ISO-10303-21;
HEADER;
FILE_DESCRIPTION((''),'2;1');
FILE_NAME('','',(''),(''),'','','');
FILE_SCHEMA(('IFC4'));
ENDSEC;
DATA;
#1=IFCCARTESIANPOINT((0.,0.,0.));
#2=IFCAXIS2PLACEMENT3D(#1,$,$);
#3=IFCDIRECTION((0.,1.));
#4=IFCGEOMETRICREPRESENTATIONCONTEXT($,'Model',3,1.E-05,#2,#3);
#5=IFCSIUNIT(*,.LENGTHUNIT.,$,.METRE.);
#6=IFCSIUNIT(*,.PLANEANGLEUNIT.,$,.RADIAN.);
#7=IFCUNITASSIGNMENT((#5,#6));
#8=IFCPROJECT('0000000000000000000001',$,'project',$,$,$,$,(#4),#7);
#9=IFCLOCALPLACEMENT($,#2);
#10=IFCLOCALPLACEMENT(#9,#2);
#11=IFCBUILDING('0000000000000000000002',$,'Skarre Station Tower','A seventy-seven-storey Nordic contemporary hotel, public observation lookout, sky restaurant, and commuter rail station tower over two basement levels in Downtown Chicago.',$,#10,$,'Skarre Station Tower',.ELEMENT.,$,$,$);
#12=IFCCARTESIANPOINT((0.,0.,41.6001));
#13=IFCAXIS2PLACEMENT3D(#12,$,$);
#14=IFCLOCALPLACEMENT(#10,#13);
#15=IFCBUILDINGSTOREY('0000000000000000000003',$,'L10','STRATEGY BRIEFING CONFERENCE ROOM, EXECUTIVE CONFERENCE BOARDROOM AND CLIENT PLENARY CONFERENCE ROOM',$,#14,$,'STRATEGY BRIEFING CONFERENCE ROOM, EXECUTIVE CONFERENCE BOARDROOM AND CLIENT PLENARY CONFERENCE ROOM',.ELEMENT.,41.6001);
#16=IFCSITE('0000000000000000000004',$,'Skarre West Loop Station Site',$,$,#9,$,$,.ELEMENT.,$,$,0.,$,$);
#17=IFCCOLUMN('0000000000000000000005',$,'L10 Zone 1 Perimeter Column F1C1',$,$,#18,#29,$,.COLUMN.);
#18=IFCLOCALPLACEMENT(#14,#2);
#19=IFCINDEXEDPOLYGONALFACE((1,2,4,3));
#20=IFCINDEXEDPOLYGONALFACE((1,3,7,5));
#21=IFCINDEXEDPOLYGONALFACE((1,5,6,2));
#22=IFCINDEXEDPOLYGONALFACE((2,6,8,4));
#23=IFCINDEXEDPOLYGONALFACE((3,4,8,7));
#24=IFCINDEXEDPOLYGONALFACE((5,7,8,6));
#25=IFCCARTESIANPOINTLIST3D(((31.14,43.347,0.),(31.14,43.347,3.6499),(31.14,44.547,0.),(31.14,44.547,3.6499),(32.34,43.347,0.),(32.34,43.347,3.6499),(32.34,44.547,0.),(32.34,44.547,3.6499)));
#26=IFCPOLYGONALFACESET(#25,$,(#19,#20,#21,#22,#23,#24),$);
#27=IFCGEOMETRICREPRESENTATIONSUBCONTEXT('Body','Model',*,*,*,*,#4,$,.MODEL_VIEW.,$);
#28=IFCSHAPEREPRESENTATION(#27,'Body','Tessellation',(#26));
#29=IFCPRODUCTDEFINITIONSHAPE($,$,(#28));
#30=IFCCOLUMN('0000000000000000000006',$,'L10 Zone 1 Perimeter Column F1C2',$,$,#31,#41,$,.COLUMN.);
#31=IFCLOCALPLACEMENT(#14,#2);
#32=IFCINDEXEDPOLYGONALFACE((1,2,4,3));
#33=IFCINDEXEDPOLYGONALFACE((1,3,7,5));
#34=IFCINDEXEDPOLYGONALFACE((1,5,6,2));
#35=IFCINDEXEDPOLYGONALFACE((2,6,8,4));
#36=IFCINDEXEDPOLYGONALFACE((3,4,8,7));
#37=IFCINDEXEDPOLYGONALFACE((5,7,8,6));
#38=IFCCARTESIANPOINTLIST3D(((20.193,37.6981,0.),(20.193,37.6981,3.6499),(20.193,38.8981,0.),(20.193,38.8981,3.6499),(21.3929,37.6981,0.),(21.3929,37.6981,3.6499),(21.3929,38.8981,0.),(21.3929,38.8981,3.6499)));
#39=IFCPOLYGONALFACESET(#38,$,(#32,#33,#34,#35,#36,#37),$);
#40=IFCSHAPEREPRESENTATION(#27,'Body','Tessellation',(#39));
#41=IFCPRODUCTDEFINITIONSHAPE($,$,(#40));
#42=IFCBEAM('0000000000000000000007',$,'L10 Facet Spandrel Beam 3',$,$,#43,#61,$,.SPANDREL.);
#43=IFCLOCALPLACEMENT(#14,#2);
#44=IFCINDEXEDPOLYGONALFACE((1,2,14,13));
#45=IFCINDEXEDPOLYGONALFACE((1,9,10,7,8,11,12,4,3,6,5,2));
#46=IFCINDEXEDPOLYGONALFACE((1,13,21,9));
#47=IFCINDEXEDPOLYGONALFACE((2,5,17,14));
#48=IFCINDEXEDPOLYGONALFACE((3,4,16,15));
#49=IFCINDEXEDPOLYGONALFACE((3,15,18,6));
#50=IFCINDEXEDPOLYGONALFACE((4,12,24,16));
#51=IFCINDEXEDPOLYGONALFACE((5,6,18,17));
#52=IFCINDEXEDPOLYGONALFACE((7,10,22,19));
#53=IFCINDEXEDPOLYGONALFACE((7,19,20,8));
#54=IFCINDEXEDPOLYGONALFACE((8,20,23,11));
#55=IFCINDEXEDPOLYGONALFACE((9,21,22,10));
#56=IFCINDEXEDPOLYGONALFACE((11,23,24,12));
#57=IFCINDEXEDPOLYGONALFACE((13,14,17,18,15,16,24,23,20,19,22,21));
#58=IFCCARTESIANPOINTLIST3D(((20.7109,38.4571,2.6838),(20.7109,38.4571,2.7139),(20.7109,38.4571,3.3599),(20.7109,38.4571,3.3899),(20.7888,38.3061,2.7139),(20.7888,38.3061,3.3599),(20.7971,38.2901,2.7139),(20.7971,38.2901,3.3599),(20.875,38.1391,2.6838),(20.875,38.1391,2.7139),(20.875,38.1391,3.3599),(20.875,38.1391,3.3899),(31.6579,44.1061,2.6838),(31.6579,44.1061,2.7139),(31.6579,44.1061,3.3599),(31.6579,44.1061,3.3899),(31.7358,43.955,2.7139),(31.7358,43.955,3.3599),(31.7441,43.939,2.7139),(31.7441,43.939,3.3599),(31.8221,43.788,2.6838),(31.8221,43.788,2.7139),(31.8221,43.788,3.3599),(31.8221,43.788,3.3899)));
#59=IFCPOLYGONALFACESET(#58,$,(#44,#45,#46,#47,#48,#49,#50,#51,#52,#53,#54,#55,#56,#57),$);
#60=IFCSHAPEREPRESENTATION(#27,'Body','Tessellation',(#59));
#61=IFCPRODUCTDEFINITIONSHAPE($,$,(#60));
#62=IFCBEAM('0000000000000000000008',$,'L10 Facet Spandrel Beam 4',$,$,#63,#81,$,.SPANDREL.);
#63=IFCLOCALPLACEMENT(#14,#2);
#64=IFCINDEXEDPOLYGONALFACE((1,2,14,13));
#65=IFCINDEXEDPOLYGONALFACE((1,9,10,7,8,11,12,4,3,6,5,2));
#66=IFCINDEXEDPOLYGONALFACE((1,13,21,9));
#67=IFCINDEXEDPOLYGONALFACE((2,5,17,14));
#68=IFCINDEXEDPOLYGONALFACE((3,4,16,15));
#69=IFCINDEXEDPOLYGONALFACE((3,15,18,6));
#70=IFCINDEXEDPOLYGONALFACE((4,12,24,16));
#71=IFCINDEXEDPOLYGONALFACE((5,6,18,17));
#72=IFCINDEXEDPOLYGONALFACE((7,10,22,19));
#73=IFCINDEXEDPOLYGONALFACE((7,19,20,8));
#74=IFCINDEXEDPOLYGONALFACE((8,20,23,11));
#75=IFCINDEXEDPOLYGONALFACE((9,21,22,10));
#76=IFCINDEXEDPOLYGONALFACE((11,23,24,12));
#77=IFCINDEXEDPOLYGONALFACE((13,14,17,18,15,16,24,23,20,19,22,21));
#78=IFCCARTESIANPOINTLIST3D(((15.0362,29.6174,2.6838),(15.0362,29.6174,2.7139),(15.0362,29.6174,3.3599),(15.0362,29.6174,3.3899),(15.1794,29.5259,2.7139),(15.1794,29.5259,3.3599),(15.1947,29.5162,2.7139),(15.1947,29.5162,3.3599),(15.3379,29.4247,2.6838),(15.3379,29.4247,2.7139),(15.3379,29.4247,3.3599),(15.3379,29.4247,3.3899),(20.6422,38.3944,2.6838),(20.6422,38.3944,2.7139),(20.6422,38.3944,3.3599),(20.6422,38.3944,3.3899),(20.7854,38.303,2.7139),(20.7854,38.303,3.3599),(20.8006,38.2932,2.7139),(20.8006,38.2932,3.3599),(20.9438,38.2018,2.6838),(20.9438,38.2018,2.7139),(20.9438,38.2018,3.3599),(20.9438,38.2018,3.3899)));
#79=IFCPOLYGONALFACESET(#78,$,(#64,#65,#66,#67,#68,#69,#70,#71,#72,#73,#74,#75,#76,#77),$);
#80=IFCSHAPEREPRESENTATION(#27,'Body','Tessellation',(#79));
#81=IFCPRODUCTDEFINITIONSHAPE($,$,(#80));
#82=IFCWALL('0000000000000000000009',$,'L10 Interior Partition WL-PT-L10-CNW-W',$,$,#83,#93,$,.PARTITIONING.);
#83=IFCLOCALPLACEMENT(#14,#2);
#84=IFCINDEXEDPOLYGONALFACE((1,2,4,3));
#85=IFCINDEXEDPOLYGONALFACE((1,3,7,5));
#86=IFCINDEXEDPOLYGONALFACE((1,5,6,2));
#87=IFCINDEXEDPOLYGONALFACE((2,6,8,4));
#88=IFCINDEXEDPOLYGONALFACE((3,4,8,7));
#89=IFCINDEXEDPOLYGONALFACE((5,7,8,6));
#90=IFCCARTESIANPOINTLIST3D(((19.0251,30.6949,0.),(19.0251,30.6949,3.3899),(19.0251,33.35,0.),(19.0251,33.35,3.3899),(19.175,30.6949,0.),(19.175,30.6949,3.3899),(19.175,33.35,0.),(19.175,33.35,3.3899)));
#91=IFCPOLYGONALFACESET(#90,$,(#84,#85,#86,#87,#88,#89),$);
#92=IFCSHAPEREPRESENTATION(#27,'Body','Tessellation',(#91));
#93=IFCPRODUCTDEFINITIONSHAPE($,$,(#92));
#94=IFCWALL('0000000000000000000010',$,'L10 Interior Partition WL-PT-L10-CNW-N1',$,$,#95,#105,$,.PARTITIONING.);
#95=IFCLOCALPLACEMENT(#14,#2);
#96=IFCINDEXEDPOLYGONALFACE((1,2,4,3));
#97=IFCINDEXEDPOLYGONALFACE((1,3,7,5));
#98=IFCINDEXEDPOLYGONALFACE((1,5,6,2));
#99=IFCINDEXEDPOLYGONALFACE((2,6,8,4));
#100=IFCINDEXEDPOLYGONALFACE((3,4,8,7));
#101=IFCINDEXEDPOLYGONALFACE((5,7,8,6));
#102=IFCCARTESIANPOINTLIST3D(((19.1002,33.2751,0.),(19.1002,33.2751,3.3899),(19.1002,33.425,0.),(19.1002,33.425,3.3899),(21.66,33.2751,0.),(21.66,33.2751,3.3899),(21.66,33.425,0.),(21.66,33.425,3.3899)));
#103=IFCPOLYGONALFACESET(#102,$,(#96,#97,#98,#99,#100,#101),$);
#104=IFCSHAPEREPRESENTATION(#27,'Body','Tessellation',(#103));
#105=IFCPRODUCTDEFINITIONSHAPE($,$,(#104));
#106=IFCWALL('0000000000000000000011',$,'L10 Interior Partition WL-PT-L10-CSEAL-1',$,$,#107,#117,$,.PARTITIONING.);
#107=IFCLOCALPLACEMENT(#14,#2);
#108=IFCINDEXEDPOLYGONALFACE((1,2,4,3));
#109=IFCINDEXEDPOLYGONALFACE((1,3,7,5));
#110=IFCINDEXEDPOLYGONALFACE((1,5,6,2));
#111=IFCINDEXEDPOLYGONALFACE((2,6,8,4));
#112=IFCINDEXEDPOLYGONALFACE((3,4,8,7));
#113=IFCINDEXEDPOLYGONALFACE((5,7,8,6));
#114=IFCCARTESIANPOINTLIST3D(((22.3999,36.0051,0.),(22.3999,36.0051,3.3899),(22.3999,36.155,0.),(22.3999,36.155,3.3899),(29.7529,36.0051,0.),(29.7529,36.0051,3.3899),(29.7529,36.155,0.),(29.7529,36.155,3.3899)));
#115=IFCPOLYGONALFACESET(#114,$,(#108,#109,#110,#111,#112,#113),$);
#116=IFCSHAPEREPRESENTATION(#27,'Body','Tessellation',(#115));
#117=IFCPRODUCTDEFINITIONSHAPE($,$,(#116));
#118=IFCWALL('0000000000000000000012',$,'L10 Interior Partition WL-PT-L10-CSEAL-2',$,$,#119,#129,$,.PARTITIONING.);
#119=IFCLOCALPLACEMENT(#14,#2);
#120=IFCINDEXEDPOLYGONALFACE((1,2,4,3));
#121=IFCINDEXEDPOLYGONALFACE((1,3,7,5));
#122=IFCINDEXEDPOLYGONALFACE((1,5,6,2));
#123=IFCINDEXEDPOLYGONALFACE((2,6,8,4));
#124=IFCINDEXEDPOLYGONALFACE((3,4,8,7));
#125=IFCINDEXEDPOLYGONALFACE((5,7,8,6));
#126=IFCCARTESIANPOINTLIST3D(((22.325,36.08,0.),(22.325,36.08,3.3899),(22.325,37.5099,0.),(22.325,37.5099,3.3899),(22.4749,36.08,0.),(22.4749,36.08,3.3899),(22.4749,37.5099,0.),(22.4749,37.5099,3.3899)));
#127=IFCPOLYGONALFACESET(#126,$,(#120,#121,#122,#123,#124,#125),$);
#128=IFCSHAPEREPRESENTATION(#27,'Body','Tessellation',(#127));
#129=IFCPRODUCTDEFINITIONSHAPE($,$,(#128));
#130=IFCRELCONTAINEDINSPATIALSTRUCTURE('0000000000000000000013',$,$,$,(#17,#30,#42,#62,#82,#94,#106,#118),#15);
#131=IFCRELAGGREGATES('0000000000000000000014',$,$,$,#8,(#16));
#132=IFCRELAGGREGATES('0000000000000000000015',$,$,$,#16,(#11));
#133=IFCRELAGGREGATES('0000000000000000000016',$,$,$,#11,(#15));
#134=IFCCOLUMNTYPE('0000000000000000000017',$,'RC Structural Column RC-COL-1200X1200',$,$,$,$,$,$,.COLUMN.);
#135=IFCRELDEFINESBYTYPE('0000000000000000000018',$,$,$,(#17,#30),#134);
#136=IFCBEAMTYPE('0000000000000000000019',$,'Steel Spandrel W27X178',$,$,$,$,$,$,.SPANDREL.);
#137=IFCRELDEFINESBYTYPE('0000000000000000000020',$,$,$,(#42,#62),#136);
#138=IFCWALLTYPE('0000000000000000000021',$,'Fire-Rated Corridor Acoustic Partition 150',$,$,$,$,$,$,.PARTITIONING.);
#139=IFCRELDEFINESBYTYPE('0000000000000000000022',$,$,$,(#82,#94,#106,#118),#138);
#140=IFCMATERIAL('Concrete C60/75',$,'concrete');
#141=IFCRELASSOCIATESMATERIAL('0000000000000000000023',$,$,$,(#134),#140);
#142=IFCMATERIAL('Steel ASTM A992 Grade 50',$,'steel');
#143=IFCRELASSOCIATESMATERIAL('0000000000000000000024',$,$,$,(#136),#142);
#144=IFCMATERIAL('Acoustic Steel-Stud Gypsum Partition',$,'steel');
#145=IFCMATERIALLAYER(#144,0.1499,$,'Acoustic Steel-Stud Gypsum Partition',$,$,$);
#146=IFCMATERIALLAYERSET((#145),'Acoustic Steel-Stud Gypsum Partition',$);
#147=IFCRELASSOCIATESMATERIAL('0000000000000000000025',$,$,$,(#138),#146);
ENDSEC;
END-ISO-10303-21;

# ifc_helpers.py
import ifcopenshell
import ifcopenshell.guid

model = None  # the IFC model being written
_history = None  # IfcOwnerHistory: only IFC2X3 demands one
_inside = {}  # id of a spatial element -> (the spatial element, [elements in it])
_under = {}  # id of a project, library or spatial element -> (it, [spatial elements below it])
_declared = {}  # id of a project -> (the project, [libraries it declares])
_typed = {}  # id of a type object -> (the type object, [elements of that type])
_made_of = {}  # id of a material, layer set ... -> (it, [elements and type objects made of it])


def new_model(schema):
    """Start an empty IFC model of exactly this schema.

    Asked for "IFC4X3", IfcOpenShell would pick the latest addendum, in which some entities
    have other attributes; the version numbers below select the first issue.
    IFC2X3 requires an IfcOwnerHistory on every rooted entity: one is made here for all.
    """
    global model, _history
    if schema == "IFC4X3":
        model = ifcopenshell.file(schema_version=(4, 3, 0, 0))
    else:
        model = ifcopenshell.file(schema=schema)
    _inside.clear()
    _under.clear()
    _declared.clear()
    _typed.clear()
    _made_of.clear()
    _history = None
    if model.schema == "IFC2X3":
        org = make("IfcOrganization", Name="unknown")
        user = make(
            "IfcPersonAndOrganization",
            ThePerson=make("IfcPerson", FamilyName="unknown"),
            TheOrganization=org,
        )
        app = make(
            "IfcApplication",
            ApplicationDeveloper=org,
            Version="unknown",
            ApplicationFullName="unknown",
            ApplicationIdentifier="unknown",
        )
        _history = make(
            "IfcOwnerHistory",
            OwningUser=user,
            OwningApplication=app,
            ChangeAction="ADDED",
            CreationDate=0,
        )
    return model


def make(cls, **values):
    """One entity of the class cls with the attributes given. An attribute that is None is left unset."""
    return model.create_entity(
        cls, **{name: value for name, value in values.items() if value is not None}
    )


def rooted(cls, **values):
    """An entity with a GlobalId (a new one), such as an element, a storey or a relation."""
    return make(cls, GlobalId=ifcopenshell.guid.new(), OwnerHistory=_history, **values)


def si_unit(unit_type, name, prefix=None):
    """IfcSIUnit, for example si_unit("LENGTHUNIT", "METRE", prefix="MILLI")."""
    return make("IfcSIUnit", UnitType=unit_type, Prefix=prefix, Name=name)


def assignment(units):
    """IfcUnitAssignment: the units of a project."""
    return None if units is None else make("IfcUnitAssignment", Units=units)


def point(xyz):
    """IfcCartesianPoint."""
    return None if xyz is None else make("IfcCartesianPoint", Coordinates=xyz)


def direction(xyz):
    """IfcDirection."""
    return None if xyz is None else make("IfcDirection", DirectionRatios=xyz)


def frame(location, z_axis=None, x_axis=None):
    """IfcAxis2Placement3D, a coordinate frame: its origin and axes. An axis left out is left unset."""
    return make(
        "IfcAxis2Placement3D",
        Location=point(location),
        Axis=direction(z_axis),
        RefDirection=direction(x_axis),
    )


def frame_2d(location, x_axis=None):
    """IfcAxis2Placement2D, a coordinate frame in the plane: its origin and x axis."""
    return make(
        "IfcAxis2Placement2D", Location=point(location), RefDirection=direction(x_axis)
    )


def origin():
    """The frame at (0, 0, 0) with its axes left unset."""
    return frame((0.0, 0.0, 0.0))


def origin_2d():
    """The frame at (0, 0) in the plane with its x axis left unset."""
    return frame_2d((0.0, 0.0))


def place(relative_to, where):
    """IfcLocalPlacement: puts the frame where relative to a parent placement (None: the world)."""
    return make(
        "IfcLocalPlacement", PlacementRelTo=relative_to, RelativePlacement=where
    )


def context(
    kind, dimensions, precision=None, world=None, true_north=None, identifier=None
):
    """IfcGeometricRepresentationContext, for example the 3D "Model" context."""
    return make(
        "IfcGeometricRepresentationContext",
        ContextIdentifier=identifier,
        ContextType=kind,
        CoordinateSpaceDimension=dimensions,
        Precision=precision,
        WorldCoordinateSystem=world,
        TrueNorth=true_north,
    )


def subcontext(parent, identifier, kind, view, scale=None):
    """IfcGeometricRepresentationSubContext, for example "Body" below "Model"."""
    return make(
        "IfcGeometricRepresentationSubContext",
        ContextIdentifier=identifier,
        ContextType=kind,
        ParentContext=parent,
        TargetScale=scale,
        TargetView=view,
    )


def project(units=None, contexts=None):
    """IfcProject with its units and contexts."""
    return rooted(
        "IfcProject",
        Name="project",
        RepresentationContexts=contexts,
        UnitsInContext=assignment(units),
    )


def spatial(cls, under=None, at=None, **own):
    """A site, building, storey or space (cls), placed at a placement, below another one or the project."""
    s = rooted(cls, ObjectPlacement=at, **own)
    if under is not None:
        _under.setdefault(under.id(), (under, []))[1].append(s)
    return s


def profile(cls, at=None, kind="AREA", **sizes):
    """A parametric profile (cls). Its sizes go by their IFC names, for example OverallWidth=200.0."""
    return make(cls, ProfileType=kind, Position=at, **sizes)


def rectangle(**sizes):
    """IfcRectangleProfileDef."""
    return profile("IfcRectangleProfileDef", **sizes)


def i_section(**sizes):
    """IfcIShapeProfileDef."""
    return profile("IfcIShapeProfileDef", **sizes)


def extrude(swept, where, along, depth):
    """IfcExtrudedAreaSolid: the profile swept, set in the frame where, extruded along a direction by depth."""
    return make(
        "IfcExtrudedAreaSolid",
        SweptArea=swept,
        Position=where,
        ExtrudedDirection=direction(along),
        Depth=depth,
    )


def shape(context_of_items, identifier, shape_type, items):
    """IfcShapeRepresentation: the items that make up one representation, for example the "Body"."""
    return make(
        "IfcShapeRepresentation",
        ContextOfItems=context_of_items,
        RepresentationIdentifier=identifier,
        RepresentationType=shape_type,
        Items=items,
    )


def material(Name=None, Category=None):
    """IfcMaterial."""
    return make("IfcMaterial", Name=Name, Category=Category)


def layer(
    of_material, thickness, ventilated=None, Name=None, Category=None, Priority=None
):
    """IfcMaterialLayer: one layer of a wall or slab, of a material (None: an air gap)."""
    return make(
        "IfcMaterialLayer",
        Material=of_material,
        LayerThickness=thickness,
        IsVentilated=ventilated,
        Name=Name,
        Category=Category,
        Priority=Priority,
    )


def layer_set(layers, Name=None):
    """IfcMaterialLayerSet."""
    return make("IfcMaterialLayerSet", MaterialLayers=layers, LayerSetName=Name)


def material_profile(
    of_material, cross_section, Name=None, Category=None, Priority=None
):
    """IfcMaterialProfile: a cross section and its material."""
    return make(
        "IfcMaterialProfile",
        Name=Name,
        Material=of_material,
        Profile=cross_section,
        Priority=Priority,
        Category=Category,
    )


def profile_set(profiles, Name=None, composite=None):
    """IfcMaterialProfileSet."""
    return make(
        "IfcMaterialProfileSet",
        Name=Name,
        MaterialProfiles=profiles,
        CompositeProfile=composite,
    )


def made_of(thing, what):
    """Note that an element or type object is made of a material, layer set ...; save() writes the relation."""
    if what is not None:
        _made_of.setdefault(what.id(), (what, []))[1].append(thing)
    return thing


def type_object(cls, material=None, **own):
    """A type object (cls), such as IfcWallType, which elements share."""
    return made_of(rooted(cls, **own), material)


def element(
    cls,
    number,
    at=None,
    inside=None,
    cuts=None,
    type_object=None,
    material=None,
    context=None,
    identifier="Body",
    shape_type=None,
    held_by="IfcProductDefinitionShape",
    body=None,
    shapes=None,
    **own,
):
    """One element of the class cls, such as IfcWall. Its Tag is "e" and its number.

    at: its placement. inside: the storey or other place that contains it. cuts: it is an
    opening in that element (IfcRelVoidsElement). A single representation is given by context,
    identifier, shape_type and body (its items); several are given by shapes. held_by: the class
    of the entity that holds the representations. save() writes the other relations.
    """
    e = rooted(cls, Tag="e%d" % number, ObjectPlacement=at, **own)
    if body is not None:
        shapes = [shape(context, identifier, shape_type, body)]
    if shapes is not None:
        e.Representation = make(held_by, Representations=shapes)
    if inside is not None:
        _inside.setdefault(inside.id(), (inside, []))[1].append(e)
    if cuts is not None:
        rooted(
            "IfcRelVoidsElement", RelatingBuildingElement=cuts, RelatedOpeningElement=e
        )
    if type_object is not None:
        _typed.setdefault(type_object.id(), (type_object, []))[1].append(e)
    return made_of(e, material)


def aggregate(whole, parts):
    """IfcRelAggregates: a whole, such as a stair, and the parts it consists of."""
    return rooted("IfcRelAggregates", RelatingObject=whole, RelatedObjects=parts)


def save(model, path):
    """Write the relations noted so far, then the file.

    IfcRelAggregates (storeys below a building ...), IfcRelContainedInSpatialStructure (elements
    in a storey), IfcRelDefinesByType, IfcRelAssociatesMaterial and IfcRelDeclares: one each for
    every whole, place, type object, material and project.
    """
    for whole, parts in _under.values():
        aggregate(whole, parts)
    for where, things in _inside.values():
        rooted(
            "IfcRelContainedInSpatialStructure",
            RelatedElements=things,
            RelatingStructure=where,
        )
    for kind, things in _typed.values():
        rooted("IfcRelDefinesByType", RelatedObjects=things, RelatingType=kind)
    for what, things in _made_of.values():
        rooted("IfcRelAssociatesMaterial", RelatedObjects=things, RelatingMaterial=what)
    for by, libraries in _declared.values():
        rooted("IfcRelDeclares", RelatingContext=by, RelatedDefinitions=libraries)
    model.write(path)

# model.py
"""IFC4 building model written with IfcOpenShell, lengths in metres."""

from ifc_helpers import new_model, si_unit, direction, frame, frame_2d, origin, origin_2d, place, context, subcontext, project, spatial, rectangle, i_section, extrude, material, layer, layer_set, material_profile, profile_set, type_object, element, save


model = new_model("IFC4")

# Units and contexts
model_context = context("Model", 3, precision=1e-05, world=origin(), true_north=direction((0.0, 1.0)))
body_context = subcontext(model_context, "Body", "Model", "MODEL_VIEW")
ifc_project = project(units=[si_unit("LENGTHUNIT", "METRE"), si_unit("PLANEANGLEUNIT", "RADIAN")], contexts=[model_context])

# Site, building, storey
site_placement = place(None, origin())
site = spatial("IfcSite", under=ifc_project, at=site_placement, Name="Skarre West Loop Station Site", CompositionType="ELEMENT", RefElevation=0.0)
building_placement = place(site_placement, origin())
building = spatial("IfcBuilding", under=site, at=building_placement, Name="Skarre Station Tower", Description="A seventy-seven-storey Nordic contemporary hotel, public observation lookout, sky restaurant, and commuter rail station tower over two basement levels in Downtown Chicago.", LongName="Skarre Station Tower", CompositionType="ELEMENT")
storey_placement = place(building_placement, frame((0.0, 0.0, 41.6001)))
storey = spatial("IfcBuildingStorey", under=building, at=storey_placement, Name="L10", Description="STRATEGY BRIEFING CONFERENCE ROOM, EXECUTIVE CONFERENCE BOARDROOM AND CLIENT PLENARY CONFERENCE ROOM", LongName="STRATEGY BRIEFING CONFERENCE ROOM, EXECUTIVE CONFERENCE BOARDROOM AND CLIENT PLENARY CONFERENCE ROOM", CompositionType="ELEMENT", Elevation=41.6001)

# Columns
ifc_material_1 = material(Name="Concrete C60/75", Category="concrete")
ifc_material_profile_1 = material_profile(ifc_material_1, rectangle(XDim=1.2, YDim=1.2, at=origin_2d()), Name="Concrete C60/75")
ifc_profile_set_1 = profile_set([ifc_material_profile_1], Name="Concrete C60/75")
column_type = type_object("IfcColumnType", Name="RC Structural Column RC-COL-1200X1200", PredefinedType="COLUMN", material=ifc_profile_set_1)
for number, where, z_axis, x_axis, name in (
    (1, (31.74, 43.947, 0.0), (0.0, 0.0, 1.0), (1.0, 0.0, 0.0), "L10 Zone 1 Perimeter Column F1C1"),
    (2, (20.793, 38.2981, 0.0), (0.0, 0.0, 1.0), (1.0, 0.0, 0.0), "L10 Zone 1 Perimeter Column F1C2"),
):
    element("IfcColumn", number, at=place(storey_placement, frame(where, z_axis=z_axis, x_axis=x_axis)), inside=storey, type_object=column_type, Name=name, PredefinedType="COLUMN", context=body_context, shape_type="SweptSolid", body=[
        extrude(rectangle(XDim=1.2, YDim=1.2, at=origin_2d()), origin(), (0.0, 0.0, 1.0), 3.6499),
    ])

# Beams
ifc_material_2 = material(Name="Steel ASTM A992 Grade 50", Category="steel")
ifc_material_profile_2 = material_profile(ifc_material_2, i_section(OverallWidth=0.3579, OverallDepth=0.7061, WebThickness=0.0181, FlangeThickness=0.03, at=origin_2d()), Name="Steel ASTM A992 Grade 50")
ifc_profile_set_2 = profile_set([ifc_material_profile_2], Name="Steel ASTM A992 Grade 50")
beam_type = type_object("IfcBeamType", Name="Steel Spandrel W27X178", PredefinedType="SPANDREL", material=ifc_profile_set_2)
beam_1_placement = place(storey_placement, frame((31.74, 43.947, 3.0369), z_axis=(-0.888659, -0.458569, 0.0), x_axis=(0.458569, -0.888659, 0.0)))
element("IfcBeam", 3, at=beam_1_placement, inside=storey, type_object=beam_type, Name="L10 Facet Spandrel Beam 3", PredefinedType="SPANDREL", context=body_context, shape_type="SweptSolid", body=[
    extrude(i_section(OverallWidth=0.3579, OverallDepth=0.7061, WebThickness=0.0181, FlangeThickness=0.03, at=origin_2d()), origin(), (0.0, 0.0, 1.0), 12.3186),
])
beam_2_placement = place(storey_placement, frame((20.793, 38.2981, 3.0369), z_axis=(-0.538278, -0.842767, 0.0), x_axis=(0.842767, -0.538278, 0.0)))
element("IfcBeam", 4, at=beam_2_placement, inside=storey, type_object=beam_type, Name="L10 Facet Spandrel Beam 4", PredefinedType="SPANDREL", context=body_context, shape_type="SweptSolid", body=[
    extrude(i_section(OverallWidth=0.3579, OverallDepth=0.7061, WebThickness=0.0181, FlangeThickness=0.03, at=origin_2d()), origin(), (0.0, 0.0, 1.0), 10.4146),
])

# Walls
ifc_material_3 = material(Name="Acoustic Steel-Stud Gypsum Partition", Category="steel")
ifc_layer_1 = layer(ifc_material_3, 0.1499, Name="Acoustic Steel-Stud Gypsum Partition")
ifc_layer_set_1 = layer_set([ifc_layer_1], Name="Acoustic Steel-Stud Gypsum Partition")
wall_type_1 = type_object("IfcWallType", Name="Fire-Rated Corridor Acoustic Partition 150", PredefinedType="PARTITIONING", material=ifc_layer_set_1)
wall_1_placement = place(storey_placement, frame((19.1001, 33.3501, 0.0), z_axis=(0.0, 0.0, 1.0), x_axis=(0.0, -1.0, 0.0)))
element("IfcWall", 5, at=wall_1_placement, inside=storey, type_object=wall_type_1, Name="L10 Interior Partition WL-PT-L10-CNW-W", PredefinedType="PARTITIONING", context=body_context, shape_type="SweptSolid", body=[
    extrude(rectangle(XDim=2.655, YDim=0.1499, at=frame_2d((1.3276, 0.0))), origin(), (0.0, 0.0, 1.0), 3.3899),
])
wall_2_placement = place(storey_placement, frame((21.6599, 33.3501, 0.0), z_axis=(0.0, 0.0, 1.0), x_axis=(-1.0, 0.0, 0.0)))
element("IfcWall", 6, at=wall_2_placement, inside=storey, type_object=wall_type_1, Name="L10 Interior Partition WL-PT-L10-CNW-N1", PredefinedType="PARTITIONING", context=body_context, shape_type="SweptSolid", body=[
    extrude(rectangle(XDim=2.5598, YDim=0.1499, at=frame_2d((1.2798, 0.0))), origin(), (0.0, 0.0, 1.0), 3.3899),
])
wall_3_placement = place(storey_placement, frame((29.7529, 36.0801, 0.0), z_axis=(0.0, 0.0, 1.0), x_axis=(-1.0, 0.0, 0.0)))
element("IfcWall", 7, at=wall_3_placement, inside=storey, type_object=wall_type_1, Name="L10 Interior Partition WL-PT-L10-CSEAL-1", PredefinedType="PARTITIONING", context=body_context, shape_type="SweptSolid", body=[
    extrude(rectangle(XDim=7.353, YDim=0.1499, at=frame_2d((3.6765, 0.0))), origin(), (0.0, 0.0, 1.0), 3.3899),
])
wall_4_placement = place(storey_placement, frame((22.3999, 36.0801, 0.0), z_axis=(0.0, 0.0, 1.0), x_axis=(0.0, 1.0, 0.0)))
element("IfcWall", 8, at=wall_4_placement, inside=storey, type_object=wall_type_1, Name="L10 Interior Partition WL-PT-L10-CSEAL-2", PredefinedType="PARTITIONING", context=body_context, shape_type="SweptSolid", body=[
    extrude(rectangle(XDim=1.4299, YDim=0.1499, at=frame_2d((0.7148, 0.0))), origin(), (0.0, 0.0, 1.0), 3.3899),
])

save(model, "model.ifc")
